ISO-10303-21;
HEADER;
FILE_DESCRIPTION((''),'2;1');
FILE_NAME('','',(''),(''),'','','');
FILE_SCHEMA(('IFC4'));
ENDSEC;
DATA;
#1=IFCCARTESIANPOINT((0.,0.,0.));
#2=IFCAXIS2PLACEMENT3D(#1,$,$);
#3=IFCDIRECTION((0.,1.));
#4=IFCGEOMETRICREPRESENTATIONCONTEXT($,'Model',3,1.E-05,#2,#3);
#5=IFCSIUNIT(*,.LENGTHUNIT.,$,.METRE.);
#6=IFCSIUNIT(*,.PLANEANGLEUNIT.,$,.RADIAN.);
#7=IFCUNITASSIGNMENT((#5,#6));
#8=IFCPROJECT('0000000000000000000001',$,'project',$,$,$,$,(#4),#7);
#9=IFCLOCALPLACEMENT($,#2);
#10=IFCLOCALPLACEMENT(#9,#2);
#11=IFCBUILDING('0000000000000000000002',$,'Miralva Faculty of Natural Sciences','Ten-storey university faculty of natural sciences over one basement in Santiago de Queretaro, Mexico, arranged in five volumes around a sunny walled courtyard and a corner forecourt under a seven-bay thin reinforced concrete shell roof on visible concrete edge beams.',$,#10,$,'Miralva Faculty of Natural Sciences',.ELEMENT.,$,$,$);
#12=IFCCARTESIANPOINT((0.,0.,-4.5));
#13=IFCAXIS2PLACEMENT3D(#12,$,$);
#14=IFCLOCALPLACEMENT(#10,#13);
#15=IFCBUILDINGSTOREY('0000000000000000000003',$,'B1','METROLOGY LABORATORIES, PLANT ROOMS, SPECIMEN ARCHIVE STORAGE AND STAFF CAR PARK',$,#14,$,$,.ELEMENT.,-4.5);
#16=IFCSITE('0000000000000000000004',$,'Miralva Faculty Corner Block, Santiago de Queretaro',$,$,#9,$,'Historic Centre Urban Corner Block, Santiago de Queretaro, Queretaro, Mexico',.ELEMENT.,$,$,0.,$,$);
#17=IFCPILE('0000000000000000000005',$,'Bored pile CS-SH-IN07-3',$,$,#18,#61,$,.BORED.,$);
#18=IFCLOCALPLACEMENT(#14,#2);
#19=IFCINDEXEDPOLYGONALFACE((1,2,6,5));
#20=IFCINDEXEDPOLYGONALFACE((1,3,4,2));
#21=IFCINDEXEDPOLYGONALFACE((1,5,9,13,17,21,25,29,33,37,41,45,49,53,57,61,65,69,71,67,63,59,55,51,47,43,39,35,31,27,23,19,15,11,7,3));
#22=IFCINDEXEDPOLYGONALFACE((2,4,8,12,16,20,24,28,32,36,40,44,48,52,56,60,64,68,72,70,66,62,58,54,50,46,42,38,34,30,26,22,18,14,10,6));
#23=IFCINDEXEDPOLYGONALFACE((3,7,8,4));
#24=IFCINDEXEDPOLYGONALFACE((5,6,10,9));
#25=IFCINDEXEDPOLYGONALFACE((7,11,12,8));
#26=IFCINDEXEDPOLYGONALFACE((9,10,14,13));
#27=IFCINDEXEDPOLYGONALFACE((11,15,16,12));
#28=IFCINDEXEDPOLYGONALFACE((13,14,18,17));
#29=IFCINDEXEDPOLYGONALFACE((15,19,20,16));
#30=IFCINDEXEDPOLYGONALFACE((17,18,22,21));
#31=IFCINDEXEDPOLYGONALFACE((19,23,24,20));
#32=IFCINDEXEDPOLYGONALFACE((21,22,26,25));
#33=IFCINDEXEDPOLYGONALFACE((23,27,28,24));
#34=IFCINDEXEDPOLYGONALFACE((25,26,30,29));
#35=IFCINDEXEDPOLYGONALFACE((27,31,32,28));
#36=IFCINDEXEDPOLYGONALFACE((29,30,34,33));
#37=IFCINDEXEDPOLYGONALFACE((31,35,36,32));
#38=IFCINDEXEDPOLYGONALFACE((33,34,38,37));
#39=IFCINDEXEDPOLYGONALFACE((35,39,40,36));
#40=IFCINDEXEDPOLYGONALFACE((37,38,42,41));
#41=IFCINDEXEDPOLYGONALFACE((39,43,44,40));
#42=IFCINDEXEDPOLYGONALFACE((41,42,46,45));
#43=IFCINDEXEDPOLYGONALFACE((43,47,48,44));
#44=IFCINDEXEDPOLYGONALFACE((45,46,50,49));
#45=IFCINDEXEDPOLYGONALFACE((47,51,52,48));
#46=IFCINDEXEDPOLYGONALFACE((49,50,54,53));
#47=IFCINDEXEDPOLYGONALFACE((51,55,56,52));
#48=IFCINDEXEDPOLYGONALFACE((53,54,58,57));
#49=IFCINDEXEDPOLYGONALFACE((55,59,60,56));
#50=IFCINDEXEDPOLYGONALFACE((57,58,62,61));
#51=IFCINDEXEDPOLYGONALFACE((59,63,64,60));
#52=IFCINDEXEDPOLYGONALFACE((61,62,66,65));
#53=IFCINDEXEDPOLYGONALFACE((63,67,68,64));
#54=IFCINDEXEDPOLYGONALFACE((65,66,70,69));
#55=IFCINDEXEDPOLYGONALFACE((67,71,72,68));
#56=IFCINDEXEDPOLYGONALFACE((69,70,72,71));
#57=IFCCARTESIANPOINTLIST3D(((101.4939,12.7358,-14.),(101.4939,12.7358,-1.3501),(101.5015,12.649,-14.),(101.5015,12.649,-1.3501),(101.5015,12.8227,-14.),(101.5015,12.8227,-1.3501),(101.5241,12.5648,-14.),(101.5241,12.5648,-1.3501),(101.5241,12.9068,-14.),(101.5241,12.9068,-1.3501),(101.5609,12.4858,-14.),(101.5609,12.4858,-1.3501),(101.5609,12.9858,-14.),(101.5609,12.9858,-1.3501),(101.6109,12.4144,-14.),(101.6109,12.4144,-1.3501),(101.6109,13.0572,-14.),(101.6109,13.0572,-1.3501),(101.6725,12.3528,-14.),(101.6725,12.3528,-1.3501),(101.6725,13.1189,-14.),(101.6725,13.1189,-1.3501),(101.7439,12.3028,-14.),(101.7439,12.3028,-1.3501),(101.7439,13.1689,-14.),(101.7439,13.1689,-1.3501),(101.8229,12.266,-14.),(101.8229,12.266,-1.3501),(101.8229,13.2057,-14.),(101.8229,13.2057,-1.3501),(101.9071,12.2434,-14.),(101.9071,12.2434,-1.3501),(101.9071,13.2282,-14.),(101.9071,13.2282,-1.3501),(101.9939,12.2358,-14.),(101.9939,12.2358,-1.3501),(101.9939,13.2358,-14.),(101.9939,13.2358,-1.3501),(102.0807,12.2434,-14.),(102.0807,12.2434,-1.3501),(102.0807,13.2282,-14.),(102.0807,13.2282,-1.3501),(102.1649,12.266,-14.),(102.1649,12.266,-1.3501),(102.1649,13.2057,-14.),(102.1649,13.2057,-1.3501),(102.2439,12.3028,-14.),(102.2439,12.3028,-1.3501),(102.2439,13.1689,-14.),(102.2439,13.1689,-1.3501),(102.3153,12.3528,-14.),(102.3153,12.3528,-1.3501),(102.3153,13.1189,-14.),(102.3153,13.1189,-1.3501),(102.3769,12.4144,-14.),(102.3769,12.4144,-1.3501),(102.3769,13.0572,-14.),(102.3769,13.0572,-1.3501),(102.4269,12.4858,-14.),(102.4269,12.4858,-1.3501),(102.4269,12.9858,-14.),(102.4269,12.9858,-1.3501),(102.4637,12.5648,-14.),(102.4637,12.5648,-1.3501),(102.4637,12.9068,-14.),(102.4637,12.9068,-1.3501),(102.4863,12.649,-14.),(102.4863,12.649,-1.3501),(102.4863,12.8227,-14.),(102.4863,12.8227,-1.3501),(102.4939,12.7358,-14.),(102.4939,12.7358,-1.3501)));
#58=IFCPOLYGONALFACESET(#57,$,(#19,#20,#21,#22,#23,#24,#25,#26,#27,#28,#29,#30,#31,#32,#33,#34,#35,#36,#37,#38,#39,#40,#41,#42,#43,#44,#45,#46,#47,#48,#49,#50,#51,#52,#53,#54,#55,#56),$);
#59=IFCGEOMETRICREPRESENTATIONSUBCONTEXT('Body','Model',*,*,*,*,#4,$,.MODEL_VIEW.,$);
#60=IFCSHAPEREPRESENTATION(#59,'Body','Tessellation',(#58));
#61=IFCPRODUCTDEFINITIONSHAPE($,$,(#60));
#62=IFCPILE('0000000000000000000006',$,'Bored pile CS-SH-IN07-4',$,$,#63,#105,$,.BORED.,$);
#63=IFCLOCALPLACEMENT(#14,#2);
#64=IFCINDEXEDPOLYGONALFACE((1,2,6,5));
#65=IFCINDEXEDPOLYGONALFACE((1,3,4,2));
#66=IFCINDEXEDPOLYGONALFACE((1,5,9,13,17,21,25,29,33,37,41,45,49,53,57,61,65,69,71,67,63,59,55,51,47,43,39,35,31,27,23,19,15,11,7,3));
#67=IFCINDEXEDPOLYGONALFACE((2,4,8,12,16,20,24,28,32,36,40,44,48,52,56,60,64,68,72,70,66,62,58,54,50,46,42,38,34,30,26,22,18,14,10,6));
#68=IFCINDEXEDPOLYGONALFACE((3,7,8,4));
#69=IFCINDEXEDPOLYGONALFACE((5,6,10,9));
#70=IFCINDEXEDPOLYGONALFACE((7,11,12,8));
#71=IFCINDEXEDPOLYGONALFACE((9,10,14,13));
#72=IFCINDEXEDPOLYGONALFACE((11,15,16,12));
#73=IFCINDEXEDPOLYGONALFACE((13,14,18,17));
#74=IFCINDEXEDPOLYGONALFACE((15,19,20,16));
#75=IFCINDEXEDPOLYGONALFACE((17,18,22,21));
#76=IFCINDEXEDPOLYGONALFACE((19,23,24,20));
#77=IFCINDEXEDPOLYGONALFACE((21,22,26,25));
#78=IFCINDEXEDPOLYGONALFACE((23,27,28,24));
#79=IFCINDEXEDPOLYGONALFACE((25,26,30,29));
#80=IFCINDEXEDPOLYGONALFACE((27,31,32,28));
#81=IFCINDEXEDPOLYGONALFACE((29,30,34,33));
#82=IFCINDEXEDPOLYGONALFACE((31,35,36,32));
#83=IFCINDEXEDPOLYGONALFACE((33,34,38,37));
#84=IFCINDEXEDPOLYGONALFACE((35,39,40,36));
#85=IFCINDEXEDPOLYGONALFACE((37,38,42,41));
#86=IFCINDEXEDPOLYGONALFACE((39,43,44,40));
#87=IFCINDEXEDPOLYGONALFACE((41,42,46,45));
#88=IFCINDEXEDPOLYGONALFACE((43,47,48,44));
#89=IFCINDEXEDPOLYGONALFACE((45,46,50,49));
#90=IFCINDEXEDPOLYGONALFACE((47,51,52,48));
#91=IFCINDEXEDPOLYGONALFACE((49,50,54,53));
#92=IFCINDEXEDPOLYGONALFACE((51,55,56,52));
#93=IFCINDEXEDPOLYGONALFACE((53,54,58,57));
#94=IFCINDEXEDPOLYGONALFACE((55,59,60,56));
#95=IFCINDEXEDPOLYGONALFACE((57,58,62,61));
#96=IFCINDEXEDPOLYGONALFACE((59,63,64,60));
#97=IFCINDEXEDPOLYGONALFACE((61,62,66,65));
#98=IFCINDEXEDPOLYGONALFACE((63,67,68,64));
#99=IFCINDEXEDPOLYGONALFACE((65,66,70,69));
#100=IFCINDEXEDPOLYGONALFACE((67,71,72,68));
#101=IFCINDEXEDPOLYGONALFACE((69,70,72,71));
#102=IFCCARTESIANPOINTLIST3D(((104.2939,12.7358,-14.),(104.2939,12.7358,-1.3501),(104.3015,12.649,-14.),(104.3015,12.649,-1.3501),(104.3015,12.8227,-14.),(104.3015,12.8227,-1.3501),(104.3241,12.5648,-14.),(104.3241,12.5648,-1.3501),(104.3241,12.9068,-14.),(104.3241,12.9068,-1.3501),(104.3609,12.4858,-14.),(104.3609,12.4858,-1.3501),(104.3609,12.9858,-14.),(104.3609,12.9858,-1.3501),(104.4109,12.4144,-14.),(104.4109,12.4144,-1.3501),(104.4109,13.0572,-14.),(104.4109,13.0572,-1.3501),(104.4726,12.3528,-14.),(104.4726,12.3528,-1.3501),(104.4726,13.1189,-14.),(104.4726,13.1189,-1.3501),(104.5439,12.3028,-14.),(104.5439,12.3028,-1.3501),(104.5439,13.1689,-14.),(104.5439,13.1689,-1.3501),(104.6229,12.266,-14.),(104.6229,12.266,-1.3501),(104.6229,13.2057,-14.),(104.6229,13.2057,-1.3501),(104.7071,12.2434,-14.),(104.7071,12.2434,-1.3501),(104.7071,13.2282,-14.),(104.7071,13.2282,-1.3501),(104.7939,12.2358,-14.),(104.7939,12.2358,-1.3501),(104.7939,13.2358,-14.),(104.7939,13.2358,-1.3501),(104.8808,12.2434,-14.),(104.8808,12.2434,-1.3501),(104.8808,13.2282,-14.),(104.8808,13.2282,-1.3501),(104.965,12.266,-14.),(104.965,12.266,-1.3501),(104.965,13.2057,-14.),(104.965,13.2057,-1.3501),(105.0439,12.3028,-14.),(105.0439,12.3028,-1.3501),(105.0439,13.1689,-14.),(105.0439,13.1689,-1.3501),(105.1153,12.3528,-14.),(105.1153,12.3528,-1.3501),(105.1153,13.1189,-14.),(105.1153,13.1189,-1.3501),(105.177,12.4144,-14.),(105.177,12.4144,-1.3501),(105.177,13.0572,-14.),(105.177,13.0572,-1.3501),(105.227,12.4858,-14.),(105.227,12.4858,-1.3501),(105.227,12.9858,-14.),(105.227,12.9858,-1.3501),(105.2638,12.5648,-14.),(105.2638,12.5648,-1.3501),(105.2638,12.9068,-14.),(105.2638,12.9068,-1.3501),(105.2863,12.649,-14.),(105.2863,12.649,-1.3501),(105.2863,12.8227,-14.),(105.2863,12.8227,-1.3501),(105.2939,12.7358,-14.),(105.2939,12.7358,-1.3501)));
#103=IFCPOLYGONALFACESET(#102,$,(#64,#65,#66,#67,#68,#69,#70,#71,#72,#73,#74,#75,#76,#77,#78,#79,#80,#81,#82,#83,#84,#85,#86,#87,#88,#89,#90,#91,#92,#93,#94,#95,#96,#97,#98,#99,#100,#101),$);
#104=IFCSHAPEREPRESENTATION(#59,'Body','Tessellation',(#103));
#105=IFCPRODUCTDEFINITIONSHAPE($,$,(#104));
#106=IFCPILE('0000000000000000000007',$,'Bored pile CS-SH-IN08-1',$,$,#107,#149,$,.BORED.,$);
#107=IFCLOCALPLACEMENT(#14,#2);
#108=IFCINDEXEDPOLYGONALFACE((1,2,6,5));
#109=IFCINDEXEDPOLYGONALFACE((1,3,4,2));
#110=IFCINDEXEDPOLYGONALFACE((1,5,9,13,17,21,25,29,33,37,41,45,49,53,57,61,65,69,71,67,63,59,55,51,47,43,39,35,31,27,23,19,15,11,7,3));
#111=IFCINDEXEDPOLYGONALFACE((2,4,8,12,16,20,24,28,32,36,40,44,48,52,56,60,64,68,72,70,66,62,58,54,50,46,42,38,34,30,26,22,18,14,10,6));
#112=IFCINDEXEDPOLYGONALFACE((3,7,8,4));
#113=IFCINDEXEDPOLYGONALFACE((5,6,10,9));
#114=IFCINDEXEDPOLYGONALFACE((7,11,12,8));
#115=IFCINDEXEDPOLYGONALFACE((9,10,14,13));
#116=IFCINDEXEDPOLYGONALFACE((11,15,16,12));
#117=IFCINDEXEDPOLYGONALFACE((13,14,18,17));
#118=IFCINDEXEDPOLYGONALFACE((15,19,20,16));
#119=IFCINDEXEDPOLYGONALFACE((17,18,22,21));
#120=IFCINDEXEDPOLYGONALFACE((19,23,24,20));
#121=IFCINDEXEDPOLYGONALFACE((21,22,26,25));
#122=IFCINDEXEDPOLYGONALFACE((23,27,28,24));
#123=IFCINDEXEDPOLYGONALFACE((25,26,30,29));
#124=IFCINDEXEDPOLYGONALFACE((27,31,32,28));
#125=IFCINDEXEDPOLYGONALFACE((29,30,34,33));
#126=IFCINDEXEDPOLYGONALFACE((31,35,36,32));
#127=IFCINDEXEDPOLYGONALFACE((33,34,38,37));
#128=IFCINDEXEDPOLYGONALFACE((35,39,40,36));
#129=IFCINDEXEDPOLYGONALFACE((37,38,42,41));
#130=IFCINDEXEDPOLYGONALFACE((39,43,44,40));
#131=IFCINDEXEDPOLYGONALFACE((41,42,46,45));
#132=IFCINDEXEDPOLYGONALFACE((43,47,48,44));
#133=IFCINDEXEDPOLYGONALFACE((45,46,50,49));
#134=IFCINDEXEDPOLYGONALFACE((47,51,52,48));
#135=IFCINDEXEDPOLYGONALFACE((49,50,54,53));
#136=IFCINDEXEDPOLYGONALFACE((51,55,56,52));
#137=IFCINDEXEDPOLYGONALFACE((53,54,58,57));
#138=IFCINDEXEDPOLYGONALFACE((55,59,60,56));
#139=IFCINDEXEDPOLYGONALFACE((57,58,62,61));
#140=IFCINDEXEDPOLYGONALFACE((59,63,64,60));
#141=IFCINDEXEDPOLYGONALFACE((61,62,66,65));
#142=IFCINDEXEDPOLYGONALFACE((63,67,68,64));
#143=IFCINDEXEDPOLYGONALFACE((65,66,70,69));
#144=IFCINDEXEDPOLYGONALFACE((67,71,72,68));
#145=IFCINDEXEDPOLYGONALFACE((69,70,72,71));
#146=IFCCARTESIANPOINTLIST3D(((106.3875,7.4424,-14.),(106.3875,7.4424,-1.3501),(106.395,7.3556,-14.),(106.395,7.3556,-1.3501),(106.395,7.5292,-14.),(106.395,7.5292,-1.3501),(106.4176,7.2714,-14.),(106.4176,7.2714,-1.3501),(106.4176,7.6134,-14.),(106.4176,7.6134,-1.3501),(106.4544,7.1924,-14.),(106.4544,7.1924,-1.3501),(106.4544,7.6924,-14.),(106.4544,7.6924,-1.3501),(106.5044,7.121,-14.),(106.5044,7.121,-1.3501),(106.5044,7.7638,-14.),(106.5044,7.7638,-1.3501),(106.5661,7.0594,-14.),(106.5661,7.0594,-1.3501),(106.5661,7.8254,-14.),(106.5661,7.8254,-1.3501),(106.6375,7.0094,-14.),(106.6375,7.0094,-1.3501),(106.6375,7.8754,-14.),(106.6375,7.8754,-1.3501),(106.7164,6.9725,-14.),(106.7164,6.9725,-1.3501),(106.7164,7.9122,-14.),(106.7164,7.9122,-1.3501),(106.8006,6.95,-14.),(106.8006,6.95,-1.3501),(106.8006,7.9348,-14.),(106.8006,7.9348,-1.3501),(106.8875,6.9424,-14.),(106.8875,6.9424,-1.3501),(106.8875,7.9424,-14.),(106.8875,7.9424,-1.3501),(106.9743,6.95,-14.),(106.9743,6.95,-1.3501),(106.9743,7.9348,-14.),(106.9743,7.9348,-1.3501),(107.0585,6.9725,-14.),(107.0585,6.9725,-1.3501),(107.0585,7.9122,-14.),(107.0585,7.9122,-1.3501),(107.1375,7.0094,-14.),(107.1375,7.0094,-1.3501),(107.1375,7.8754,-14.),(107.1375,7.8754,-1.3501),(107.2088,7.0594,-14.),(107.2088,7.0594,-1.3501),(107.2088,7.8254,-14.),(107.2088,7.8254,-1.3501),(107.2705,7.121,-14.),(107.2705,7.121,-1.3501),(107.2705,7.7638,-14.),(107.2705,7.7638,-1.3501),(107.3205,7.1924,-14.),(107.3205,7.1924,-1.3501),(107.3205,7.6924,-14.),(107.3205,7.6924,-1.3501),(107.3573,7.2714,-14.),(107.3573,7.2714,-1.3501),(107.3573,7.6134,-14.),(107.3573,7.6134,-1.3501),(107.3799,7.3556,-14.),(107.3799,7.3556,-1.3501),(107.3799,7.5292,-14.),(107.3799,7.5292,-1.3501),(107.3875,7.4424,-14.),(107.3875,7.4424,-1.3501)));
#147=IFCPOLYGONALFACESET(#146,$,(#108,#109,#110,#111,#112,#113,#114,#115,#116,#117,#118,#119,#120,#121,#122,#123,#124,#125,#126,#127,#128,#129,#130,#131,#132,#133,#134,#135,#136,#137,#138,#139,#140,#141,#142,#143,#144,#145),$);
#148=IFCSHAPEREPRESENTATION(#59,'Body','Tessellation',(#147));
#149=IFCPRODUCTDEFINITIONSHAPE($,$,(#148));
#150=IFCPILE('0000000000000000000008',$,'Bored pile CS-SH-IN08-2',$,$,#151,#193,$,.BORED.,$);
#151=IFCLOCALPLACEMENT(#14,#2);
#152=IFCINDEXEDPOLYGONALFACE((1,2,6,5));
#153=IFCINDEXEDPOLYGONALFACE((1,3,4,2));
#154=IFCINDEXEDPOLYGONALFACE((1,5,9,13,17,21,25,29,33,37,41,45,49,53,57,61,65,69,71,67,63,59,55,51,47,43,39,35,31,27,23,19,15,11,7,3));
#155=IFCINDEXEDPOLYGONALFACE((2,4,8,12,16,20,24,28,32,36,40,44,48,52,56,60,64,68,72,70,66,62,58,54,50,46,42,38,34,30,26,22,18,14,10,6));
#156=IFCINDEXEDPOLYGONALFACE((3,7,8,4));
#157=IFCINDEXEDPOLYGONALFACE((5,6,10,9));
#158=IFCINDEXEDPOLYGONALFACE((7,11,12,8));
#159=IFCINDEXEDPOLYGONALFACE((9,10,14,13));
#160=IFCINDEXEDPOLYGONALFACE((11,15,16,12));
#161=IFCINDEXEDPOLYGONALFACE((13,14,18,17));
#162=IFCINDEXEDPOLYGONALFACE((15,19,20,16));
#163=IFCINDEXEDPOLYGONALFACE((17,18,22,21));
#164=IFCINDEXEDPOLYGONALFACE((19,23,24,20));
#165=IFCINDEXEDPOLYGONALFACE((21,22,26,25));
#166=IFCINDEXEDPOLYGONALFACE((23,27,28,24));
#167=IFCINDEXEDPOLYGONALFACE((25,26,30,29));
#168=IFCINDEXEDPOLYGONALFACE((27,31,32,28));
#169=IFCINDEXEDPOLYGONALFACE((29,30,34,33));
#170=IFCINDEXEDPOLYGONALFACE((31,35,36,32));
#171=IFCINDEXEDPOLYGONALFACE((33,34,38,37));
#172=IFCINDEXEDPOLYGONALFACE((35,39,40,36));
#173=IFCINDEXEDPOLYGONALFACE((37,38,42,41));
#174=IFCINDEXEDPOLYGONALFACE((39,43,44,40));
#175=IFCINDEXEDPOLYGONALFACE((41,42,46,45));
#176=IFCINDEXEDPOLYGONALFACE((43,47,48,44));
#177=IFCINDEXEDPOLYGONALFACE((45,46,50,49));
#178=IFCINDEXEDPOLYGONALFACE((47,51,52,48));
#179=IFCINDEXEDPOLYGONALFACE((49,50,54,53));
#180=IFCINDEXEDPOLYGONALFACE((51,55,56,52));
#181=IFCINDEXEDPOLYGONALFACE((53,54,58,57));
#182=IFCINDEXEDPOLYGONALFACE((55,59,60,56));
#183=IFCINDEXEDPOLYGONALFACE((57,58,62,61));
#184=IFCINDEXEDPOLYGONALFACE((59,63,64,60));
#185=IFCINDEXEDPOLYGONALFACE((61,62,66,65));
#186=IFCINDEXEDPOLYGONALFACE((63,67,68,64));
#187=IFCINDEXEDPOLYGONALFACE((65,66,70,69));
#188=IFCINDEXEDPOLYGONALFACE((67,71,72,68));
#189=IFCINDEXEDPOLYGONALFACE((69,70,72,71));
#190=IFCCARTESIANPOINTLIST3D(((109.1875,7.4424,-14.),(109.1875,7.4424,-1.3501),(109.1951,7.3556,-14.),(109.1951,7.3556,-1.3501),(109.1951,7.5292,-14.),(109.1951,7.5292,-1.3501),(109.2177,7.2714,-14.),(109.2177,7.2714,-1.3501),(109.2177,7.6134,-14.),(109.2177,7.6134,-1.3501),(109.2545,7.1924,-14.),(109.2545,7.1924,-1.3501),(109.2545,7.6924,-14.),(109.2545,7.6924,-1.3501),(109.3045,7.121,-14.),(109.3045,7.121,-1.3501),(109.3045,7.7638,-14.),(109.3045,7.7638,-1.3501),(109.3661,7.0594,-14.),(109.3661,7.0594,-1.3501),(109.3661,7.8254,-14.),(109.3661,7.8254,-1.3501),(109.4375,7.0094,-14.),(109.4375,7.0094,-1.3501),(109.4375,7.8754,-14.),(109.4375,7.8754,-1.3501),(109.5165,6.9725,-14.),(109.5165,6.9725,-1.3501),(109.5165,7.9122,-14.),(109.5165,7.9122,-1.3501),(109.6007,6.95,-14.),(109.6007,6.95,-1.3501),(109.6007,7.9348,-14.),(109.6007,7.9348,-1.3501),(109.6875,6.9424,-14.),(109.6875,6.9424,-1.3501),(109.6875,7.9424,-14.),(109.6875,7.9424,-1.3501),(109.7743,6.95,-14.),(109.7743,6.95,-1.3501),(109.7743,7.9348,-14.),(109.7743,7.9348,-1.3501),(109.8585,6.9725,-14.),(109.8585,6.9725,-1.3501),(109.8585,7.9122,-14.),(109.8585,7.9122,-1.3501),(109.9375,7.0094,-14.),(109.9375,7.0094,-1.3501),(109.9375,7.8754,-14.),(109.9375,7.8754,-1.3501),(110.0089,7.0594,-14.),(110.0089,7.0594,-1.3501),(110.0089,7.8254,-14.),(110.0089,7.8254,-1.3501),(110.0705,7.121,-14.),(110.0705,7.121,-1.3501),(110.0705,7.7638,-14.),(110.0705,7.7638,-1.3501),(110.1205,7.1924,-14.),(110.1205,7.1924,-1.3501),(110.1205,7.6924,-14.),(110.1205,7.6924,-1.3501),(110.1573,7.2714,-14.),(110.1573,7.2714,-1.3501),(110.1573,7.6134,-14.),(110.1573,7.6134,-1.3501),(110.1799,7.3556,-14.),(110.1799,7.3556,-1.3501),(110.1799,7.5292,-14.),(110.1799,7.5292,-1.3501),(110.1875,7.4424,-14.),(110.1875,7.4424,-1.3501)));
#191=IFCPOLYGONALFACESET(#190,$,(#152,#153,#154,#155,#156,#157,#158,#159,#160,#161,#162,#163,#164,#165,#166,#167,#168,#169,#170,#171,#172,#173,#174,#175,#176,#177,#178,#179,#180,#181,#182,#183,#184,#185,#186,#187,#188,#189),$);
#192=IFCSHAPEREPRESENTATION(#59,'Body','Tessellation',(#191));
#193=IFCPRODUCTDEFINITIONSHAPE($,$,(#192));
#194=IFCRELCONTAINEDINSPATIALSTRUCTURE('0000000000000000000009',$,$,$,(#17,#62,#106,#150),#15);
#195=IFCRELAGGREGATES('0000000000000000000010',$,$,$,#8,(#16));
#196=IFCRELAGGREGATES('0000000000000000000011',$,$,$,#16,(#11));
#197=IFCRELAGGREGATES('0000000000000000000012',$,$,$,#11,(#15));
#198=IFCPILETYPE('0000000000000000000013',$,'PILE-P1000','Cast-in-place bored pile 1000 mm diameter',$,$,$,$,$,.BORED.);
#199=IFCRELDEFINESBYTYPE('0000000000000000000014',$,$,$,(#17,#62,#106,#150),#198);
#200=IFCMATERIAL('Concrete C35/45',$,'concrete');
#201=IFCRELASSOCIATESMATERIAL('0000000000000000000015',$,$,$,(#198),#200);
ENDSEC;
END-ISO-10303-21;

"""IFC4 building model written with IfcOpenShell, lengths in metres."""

from ifc_helpers import new_model, si_unit, direction, frame, origin, origin_2d, place, context, subcontext, project, spatial, circle, extrude, material, material_profile, profile_set, type_object, element, save


model = new_model("IFC4")

# Units and contexts
model_context = context("Model", 3, precision=1e-05, world=origin(), true_north=direction((0.0, 1.0)))
body_context = subcontext(model_context, "Body", "Model", "MODEL_VIEW")
ifc_project = project(units=[si_unit("LENGTHUNIT", "METRE"), si_unit("PLANEANGLEUNIT", "RADIAN")], contexts=[model_context])

# Site, building, storey
site_placement = place(None, origin())
site = spatial("IfcSite", under=ifc_project, at=site_placement, Name="Miralva Faculty Corner Block, Santiago de Queretaro", LongName="Historic Centre Urban Corner Block, Santiago de Queretaro, Queretaro, Mexico", CompositionType="ELEMENT", RefElevation=0.0)
building_placement = place(site_placement, origin())
building = spatial("IfcBuilding", under=site, at=building_placement, Name="Miralva Faculty of Natural Sciences", Description="Ten-storey university faculty of natural sciences over one basement in Santiago de Queretaro, Mexico, arranged in five volumes around a sunny walled courtyard and a corner forecourt under a seven-bay thin reinforced concrete shell roof on visible concrete edge beams.", LongName="Miralva Faculty of Natural Sciences", CompositionType="ELEMENT")
storey_placement = place(building_placement, frame((0.0, 0.0, -4.5)))
storey = spatial("IfcBuildingStorey", under=building, at=storey_placement, Name="B1", Description="METROLOGY LABORATORIES, PLANT ROOMS, SPECIMEN ARCHIVE STORAGE AND STAFF CAR PARK", CompositionType="ELEMENT", Elevation=-4.5)

# Shared definitions
ifc_material_1 = material(Name="Concrete C35/45", Category="concrete")

# Piles
ifc_material_profile_1 = material_profile(ifc_material_1, circle(Radius=0.5, at=origin_2d()), Name="BORED PILE 1000")
ifc_profile_set_1 = profile_set([ifc_material_profile_1], Name="Concrete C35/45")
pile_type = type_object("IfcPileType", Name="PILE-P1000", Description="Cast-in-place bored pile 1000 mm diameter", PredefinedType="BORED", material=ifc_profile_set_1)
for number, where, z_axis, x_axis, name in (
    (1, (101.9939, 12.7358, -1.3501), (0.0, 0.0, -1.0), (1.0, 0.0, 0.0), "Bored pile CS-SH-IN07-3"),
    (2, (104.7939, 12.7358, -1.3501), (0.0, 0.0, -1.0), (1.0, 0.0, 0.0), "Bored pile CS-SH-IN07-4"),
    (3, (106.8875, 7.4424, -1.3501), (0.0, 0.0, -1.0), (1.0, 0.0, 0.0), "Bored pile CS-SH-IN08-1"),
    (4, (109.6875, 7.4424, -1.3501), (0.0, 0.0, -1.0), (1.0, 0.0, 0.0), "Bored pile CS-SH-IN08-2"),
):
    element("IfcPile", number, at=place(storey_placement, frame(where, z_axis=z_axis, x_axis=x_axis)), inside=storey, type_object=pile_type, Name=name, PredefinedType="BORED", context=body_context, shape_type="SweptSolid", body=[
        extrude(circle(Radius=0.5, at=origin_2d()), origin(), (0.0, 0.0, 1.0), 12.6499),
    ])

save(model, "model.ifc")
